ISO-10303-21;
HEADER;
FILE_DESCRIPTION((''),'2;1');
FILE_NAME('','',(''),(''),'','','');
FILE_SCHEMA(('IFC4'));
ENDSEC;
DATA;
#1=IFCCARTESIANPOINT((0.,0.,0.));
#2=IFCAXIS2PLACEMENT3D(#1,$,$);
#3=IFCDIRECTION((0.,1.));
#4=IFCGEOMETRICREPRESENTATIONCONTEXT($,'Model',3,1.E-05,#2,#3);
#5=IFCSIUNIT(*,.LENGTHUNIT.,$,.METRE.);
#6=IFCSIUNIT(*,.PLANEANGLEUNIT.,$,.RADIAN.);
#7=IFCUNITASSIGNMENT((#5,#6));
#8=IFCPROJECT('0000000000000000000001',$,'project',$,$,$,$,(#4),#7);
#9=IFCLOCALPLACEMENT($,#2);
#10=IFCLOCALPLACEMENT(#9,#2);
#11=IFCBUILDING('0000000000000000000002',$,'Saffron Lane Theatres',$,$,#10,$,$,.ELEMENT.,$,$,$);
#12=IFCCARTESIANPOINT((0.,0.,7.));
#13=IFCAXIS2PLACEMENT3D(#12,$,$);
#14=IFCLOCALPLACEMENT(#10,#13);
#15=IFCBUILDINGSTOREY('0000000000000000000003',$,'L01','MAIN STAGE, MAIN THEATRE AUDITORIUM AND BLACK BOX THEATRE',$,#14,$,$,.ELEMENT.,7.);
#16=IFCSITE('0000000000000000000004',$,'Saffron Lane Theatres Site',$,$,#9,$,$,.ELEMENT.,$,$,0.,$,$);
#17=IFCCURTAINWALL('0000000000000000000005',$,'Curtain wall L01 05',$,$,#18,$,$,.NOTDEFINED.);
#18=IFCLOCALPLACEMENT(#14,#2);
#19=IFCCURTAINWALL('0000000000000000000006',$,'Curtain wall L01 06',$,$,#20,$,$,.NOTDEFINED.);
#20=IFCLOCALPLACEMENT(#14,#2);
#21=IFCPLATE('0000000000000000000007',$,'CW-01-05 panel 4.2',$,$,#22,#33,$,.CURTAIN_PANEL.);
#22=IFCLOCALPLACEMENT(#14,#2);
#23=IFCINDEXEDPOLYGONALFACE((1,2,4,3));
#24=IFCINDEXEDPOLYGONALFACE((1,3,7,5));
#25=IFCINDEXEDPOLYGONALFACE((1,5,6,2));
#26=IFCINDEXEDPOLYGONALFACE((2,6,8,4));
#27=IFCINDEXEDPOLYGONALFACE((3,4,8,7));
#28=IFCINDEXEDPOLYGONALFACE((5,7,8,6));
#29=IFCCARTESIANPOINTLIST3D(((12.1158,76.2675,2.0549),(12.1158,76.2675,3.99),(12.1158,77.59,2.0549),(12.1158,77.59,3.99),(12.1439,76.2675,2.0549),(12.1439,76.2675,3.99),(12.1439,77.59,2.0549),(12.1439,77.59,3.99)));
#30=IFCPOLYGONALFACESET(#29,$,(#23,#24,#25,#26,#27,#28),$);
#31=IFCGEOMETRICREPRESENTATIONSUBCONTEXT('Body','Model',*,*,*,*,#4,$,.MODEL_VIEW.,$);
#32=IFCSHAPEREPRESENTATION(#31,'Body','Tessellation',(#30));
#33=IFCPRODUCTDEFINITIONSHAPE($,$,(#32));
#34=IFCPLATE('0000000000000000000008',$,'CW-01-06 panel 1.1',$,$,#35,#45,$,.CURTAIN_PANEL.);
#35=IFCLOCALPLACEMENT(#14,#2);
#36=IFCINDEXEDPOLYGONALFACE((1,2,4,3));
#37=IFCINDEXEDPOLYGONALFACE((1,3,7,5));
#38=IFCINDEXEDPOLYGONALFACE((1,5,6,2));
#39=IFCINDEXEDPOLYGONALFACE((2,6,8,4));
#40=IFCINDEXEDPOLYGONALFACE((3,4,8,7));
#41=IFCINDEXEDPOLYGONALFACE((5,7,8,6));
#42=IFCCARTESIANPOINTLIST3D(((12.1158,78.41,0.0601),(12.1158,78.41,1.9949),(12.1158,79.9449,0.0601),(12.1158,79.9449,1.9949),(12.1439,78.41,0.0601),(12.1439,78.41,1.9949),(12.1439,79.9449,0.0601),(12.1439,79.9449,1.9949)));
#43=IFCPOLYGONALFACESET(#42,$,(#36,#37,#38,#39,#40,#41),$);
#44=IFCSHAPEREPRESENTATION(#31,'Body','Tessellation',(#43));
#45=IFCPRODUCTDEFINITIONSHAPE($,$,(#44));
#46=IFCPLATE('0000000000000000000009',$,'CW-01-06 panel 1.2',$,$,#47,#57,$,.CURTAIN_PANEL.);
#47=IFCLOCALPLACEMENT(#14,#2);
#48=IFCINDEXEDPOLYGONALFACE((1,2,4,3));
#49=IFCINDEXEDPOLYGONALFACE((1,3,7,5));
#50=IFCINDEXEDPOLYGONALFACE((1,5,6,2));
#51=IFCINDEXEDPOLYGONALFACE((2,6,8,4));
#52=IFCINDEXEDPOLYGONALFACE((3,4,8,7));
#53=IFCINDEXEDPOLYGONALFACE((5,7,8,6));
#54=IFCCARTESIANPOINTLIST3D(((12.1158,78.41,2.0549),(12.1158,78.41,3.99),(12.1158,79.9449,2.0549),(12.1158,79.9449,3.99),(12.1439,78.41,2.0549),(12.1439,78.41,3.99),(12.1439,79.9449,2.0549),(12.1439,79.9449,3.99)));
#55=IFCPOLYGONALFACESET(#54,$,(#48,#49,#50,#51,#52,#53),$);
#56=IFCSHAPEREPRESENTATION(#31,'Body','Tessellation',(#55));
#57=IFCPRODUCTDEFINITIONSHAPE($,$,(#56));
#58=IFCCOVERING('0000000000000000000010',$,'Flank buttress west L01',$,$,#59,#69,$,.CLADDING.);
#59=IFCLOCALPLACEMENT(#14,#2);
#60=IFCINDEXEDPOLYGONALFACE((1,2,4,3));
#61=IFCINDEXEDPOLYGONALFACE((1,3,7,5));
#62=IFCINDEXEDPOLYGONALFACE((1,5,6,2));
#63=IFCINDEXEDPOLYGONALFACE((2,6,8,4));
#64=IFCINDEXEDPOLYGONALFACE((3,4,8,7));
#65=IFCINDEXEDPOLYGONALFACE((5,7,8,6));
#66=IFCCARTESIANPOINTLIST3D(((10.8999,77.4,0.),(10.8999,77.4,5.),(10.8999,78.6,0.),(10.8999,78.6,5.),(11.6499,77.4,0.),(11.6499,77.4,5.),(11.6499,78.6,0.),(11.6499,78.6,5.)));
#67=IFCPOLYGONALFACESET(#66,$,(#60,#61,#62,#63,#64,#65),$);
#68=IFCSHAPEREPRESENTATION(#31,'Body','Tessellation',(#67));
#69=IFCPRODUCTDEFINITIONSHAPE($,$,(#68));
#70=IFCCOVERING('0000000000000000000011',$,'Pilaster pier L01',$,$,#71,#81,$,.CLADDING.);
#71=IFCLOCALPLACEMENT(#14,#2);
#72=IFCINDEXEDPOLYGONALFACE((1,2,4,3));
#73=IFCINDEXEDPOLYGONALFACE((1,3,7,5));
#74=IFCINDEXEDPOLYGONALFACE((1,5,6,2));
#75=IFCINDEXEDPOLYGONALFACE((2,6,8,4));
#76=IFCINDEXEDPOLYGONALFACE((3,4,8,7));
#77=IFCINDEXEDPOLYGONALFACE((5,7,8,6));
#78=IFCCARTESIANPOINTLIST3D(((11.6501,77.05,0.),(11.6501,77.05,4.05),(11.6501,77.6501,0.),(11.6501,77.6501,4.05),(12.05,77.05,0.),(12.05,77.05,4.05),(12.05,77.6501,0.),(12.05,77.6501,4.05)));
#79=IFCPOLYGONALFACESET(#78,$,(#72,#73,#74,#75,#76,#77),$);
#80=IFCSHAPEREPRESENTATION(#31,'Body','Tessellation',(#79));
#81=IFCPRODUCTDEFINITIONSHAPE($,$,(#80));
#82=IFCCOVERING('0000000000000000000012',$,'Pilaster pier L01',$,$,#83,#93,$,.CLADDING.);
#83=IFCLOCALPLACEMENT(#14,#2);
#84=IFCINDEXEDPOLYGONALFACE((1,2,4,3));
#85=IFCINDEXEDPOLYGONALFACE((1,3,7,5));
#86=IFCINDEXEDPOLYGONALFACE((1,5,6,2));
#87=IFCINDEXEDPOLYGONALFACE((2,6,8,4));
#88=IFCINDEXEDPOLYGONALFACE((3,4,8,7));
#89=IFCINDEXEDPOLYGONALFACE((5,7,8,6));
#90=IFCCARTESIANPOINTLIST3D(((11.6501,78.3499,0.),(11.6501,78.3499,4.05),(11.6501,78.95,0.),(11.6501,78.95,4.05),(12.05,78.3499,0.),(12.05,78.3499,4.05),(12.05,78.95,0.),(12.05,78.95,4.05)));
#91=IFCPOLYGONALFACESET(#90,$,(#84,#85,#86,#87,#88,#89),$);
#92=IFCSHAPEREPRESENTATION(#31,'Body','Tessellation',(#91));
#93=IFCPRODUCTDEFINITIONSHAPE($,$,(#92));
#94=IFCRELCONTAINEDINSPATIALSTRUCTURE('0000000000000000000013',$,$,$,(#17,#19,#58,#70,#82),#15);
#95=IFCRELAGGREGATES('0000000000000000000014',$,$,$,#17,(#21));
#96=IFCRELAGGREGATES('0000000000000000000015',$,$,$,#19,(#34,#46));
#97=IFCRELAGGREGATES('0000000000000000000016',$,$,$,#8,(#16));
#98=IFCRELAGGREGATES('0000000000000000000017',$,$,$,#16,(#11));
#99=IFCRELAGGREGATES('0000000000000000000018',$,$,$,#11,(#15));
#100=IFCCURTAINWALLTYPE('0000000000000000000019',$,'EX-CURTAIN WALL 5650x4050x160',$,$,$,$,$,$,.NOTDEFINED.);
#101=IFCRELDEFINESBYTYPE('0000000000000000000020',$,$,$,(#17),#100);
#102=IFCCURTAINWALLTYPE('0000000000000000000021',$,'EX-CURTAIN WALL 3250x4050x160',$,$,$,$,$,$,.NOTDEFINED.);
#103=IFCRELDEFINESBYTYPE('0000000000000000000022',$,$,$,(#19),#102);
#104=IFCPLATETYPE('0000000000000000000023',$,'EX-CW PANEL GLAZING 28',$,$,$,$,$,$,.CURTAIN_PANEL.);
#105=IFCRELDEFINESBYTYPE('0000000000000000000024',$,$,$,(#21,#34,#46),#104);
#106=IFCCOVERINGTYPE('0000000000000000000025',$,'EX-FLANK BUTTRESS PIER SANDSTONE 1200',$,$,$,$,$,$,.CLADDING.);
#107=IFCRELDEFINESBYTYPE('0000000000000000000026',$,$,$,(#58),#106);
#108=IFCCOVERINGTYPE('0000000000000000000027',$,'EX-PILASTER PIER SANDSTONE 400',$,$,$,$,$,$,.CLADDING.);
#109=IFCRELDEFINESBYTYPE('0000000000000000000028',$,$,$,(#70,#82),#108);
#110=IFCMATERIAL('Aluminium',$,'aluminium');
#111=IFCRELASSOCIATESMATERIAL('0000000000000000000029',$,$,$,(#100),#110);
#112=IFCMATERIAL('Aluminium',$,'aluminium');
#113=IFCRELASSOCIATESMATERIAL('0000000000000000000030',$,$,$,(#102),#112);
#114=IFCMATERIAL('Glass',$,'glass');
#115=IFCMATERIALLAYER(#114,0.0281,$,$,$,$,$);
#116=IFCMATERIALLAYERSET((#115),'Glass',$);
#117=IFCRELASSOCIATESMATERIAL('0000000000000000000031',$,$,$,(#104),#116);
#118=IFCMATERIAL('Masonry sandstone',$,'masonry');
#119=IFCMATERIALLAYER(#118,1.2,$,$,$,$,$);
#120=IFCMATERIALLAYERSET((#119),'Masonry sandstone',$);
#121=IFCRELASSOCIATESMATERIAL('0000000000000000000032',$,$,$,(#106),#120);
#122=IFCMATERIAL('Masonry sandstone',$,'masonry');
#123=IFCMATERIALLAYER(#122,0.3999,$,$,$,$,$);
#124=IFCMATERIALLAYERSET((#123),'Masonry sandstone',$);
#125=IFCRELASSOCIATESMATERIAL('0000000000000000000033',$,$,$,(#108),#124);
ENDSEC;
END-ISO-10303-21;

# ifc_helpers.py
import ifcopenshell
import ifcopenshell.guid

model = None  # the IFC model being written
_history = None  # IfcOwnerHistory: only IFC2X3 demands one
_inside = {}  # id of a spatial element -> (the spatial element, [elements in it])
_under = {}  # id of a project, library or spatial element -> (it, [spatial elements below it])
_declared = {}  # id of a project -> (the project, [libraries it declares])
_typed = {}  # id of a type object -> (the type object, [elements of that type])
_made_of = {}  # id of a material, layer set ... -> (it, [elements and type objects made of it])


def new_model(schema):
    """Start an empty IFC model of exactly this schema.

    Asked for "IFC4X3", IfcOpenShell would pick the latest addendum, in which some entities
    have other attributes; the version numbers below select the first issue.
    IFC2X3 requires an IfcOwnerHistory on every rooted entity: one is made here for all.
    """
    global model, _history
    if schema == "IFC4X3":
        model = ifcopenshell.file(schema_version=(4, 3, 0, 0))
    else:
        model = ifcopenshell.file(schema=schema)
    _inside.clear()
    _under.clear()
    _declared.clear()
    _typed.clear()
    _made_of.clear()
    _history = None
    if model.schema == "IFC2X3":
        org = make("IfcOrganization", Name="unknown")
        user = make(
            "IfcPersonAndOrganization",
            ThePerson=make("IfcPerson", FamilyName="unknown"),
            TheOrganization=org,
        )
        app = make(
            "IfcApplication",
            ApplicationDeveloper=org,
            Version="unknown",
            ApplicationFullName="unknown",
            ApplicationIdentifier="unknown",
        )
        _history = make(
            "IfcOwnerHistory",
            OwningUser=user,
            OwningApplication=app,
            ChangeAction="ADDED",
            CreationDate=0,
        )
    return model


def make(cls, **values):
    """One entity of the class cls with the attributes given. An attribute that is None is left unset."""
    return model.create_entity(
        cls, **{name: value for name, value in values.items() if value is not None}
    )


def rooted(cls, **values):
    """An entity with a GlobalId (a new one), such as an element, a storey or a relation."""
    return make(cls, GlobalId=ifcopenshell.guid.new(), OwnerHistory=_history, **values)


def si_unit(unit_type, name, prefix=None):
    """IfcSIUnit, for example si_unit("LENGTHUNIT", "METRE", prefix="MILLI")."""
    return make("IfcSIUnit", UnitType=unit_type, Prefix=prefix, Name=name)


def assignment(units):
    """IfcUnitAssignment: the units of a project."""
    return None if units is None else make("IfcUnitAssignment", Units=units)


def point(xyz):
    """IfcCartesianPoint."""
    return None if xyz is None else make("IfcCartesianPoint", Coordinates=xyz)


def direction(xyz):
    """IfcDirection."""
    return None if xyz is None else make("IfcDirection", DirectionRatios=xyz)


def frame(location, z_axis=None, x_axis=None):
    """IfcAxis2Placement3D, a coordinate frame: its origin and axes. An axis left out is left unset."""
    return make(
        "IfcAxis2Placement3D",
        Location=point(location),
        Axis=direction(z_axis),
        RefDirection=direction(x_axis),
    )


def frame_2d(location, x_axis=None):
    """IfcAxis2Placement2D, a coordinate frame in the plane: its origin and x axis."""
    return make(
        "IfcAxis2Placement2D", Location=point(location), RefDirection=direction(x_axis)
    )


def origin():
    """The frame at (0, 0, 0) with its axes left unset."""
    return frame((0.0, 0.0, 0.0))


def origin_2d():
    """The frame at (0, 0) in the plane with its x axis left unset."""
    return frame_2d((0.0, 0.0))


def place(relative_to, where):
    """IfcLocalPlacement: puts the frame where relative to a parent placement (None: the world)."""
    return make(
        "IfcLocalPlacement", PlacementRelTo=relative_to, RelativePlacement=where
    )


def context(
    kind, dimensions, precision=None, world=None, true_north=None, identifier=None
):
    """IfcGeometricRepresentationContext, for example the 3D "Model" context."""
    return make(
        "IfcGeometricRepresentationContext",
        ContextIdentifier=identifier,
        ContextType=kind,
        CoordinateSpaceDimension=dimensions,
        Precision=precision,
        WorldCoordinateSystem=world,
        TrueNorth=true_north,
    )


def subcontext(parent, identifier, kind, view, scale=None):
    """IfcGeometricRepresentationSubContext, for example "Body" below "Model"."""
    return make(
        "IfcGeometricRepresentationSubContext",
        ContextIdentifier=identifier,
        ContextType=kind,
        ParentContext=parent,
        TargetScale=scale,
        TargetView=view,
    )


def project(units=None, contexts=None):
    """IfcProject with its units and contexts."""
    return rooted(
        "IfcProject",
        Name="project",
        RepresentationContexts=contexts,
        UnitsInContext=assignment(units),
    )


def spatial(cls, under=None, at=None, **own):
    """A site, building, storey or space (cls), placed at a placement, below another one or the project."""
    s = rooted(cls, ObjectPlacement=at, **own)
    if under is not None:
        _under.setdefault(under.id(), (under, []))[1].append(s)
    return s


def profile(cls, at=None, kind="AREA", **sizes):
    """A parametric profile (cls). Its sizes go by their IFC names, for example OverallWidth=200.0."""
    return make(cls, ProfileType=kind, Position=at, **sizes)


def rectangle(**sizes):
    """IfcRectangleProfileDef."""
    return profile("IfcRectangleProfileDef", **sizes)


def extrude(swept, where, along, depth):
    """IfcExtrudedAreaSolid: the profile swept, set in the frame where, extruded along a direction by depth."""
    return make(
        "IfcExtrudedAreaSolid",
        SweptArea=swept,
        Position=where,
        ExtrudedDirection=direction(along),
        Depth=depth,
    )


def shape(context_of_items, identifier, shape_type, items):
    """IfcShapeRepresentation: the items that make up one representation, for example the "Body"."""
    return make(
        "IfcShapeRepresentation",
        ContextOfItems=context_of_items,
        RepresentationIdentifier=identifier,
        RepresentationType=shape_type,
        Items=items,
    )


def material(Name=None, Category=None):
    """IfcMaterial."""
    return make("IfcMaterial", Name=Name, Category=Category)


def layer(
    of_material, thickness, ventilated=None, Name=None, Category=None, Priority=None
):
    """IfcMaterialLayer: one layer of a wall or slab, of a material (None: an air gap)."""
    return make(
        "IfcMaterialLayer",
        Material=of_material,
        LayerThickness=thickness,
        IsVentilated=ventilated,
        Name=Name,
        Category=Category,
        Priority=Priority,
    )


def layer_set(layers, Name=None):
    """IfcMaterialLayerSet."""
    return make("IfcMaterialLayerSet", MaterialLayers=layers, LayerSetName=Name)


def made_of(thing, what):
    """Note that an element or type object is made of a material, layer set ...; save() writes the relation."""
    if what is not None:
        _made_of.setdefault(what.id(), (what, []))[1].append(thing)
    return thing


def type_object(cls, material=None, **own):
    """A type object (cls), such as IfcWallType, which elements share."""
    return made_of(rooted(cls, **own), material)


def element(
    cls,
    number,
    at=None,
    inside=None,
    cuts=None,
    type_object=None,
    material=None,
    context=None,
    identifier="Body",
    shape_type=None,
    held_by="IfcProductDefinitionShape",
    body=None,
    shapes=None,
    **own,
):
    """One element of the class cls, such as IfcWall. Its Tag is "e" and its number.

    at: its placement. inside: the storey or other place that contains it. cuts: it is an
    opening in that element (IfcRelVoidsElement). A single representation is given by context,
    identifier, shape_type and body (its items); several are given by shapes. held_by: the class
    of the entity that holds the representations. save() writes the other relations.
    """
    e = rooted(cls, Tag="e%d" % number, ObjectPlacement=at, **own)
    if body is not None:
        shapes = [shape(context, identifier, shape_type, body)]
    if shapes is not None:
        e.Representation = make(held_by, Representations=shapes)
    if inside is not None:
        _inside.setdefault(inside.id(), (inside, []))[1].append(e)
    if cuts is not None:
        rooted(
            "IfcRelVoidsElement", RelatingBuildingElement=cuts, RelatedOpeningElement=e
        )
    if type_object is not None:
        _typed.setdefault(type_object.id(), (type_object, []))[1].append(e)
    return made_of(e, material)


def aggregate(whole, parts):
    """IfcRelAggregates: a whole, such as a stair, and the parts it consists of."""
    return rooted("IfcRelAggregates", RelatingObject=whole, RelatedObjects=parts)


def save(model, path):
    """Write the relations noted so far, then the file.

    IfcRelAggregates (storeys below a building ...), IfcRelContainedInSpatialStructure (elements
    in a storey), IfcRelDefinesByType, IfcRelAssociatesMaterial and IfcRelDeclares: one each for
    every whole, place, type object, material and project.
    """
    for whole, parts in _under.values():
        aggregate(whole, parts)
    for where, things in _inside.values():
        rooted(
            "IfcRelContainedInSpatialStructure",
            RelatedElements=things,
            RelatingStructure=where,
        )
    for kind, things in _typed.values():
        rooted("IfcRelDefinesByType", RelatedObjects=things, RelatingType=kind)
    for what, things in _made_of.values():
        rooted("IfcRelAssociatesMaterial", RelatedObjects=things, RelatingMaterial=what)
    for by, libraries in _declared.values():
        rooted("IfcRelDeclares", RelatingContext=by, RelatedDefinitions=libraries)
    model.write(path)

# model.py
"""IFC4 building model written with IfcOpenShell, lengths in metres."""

from ifc_helpers import new_model, si_unit, direction, frame, origin, origin_2d, place, context, subcontext, project, spatial, rectangle, extrude, material, layer, layer_set, type_object, element, aggregate, save


model = new_model("IFC4")

# Units and contexts
model_context = context("Model", 3, precision=1e-05, world=origin(), true_north=direction((0.0, 1.0)))
body_context = subcontext(model_context, "Body", "Model", "MODEL_VIEW")
ifc_project = project(units=[si_unit("LENGTHUNIT", "METRE"), si_unit("PLANEANGLEUNIT", "RADIAN")], contexts=[model_context])

# Site, building, storey
site_placement = place(None, origin())
site = spatial("IfcSite", under=ifc_project, at=site_placement, Name="Saffron Lane Theatres Site", CompositionType="ELEMENT", RefElevation=0.0)
building_placement = place(site_placement, origin())
building = spatial("IfcBuilding", under=site, at=building_placement, Name="Saffron Lane Theatres", CompositionType="ELEMENT")
storey_placement = place(building_placement, frame((0.0, 0.0, 7.0)))
storey = spatial("IfcBuildingStorey", under=building, at=storey_placement, Name="L01", Description="MAIN STAGE, MAIN THEATRE AUDITORIUM AND BLACK BOX THEATRE", CompositionType="ELEMENT", Elevation=7.0)

# Curtain wall
ifc_material_1 = material(Name="Aluminium", Category="aluminium")
curtain_wall_type_1 = type_object("IfcCurtainWallType", Name="EX-CURTAIN WALL 5650x4050x160", PredefinedType="NOTDEFINED", material=ifc_material_1)
curtain_wall_1_placement = place(storey_placement, origin())
curtain_wall_1 = element("IfcCurtainWall", 1, at=curtain_wall_1_placement, inside=storey, type_object=curtain_wall_type_1, Name="Curtain wall L01 05", PredefinedType="NOTDEFINED")

# Curtain wall
ifc_material_2 = material(Name="Aluminium", Category="aluminium")
curtain_wall_type_2 = type_object("IfcCurtainWallType", Name="EX-CURTAIN WALL 3250x4050x160", PredefinedType="NOTDEFINED", material=ifc_material_2)
curtain_wall_2_placement = place(storey_placement, origin())
curtain_wall_2 = element("IfcCurtainWall", 2, at=curtain_wall_2_placement, inside=storey, type_object=curtain_wall_type_2, Name="Curtain wall L01 06", PredefinedType="NOTDEFINED")

# Plates
ifc_material_3 = material(Name="Glass", Category="glass")
ifc_layer_1 = layer(ifc_material_3, 0.0281)
ifc_layer_set_1 = layer_set([ifc_layer_1], Name="Glass")
plate_type = type_object("IfcPlateType", Name="EX-CW PANEL GLAZING 28", PredefinedType="CURTAIN_PANEL", material=ifc_layer_set_1)
plate_1_placement = place(storey_placement, frame((12.1299, 76.9287, 2.0549), z_axis=(0.0, 0.0, 1.0), x_axis=(0.0, 1.0, 0.0)))
plate_1 = element("IfcPlate", 3, at=plate_1_placement, type_object=plate_type, Name="CW-01-05 panel 4.2", PredefinedType="CURTAIN_PANEL", context=body_context, shape_type="SweptSolid", body=[
    extrude(rectangle(XDim=1.3225, YDim=0.0281, at=origin_2d()), origin(), (0.0, 0.0, 1.0), 1.9351),
])
aggregate(curtain_wall_1, [plate_1])
plate_2_placement = place(storey_placement, frame((12.1299, 79.1775, 0.0601), z_axis=(0.0, 0.0, 1.0), x_axis=(0.0, 1.0, 0.0)))
plate_2 = element("IfcPlate", 4, at=plate_2_placement, type_object=plate_type, Name="CW-01-06 panel 1.1", PredefinedType="CURTAIN_PANEL", context=body_context, shape_type="SweptSolid", body=[
    extrude(rectangle(XDim=1.5349, YDim=0.0281, at=origin_2d()), origin(), (0.0, 0.0, 1.0), 1.9348),
])
plate_3_placement = place(storey_placement, frame((12.1299, 79.1775, 2.0549), z_axis=(0.0, 0.0, 1.0), x_axis=(0.0, 1.0, 0.0)))
plate_3 = element("IfcPlate", 5, at=plate_3_placement, type_object=plate_type, Name="CW-01-06 panel 1.2", PredefinedType="CURTAIN_PANEL", context=body_context, shape_type="SweptSolid", body=[
    extrude(rectangle(XDim=1.5349, YDim=0.0281, at=origin_2d()), origin(), (0.0, 0.0, 1.0), 1.9351),
])
aggregate(curtain_wall_2, [plate_2, plate_3])

# Coverings
ifc_material_4 = material(Name="Masonry sandstone", Category="masonry")
ifc_layer_2 = layer(ifc_material_4, 1.2)
ifc_layer_set_2 = layer_set([ifc_layer_2], Name="Masonry sandstone")
covering_type_1 = type_object("IfcCoveringType", Name="EX-FLANK BUTTRESS PIER SANDSTONE 1200", PredefinedType="CLADDING", material=ifc_layer_set_2)
covering_placement = place(storey_placement, frame((11.2749, 78.0, 0.0), z_axis=(0.0, 0.0, 1.0), x_axis=(0.0, 1.0, 0.0)))
element("IfcCovering", 6, at=covering_placement, inside=storey, type_object=covering_type_1, Name="Flank buttress west L01", PredefinedType="CLADDING", context=body_context, shape_type="SweptSolid", body=[
    extrude(rectangle(XDim=1.2, YDim=0.75, at=origin_2d()), origin(), (0.0, 0.0, 1.0), 5.0),
])
ifc_material_5 = material(Name="Masonry sandstone", Category="masonry")
ifc_layer_3 = layer(ifc_material_5, 0.3999)
ifc_layer_set_3 = layer_set([ifc_layer_3], Name="Masonry sandstone")
covering_type_2 = type_object("IfcCoveringType", Name="EX-PILASTER PIER SANDSTONE 400", PredefinedType="CLADDING", material=ifc_layer_set_3)
for number, where, z_axis, x_axis, name in (
    (7, (11.8501, 77.3501, 0.0), (0.0, 0.0, 1.0), (0.0, 1.0, 0.0), "Pilaster pier L01"),
    (8, (11.8501, 78.6499, 0.0), (0.0, 0.0, 1.0), (0.0, 1.0, 0.0), "Pilaster pier L01"),
):
    element("IfcCovering", number, at=place(storey_placement, frame(where, z_axis=z_axis, x_axis=x_axis)), inside=storey, type_object=covering_type_2, Name=name, PredefinedType="CLADDING", context=body_context, shape_type="SweptSolid", body=[
        extrude(rectangle(XDim=0.6001, YDim=0.3999, at=origin_2d()), origin(), (0.0, 0.0, 1.0), 4.05),
    ])

save(model, "model.ifc")
